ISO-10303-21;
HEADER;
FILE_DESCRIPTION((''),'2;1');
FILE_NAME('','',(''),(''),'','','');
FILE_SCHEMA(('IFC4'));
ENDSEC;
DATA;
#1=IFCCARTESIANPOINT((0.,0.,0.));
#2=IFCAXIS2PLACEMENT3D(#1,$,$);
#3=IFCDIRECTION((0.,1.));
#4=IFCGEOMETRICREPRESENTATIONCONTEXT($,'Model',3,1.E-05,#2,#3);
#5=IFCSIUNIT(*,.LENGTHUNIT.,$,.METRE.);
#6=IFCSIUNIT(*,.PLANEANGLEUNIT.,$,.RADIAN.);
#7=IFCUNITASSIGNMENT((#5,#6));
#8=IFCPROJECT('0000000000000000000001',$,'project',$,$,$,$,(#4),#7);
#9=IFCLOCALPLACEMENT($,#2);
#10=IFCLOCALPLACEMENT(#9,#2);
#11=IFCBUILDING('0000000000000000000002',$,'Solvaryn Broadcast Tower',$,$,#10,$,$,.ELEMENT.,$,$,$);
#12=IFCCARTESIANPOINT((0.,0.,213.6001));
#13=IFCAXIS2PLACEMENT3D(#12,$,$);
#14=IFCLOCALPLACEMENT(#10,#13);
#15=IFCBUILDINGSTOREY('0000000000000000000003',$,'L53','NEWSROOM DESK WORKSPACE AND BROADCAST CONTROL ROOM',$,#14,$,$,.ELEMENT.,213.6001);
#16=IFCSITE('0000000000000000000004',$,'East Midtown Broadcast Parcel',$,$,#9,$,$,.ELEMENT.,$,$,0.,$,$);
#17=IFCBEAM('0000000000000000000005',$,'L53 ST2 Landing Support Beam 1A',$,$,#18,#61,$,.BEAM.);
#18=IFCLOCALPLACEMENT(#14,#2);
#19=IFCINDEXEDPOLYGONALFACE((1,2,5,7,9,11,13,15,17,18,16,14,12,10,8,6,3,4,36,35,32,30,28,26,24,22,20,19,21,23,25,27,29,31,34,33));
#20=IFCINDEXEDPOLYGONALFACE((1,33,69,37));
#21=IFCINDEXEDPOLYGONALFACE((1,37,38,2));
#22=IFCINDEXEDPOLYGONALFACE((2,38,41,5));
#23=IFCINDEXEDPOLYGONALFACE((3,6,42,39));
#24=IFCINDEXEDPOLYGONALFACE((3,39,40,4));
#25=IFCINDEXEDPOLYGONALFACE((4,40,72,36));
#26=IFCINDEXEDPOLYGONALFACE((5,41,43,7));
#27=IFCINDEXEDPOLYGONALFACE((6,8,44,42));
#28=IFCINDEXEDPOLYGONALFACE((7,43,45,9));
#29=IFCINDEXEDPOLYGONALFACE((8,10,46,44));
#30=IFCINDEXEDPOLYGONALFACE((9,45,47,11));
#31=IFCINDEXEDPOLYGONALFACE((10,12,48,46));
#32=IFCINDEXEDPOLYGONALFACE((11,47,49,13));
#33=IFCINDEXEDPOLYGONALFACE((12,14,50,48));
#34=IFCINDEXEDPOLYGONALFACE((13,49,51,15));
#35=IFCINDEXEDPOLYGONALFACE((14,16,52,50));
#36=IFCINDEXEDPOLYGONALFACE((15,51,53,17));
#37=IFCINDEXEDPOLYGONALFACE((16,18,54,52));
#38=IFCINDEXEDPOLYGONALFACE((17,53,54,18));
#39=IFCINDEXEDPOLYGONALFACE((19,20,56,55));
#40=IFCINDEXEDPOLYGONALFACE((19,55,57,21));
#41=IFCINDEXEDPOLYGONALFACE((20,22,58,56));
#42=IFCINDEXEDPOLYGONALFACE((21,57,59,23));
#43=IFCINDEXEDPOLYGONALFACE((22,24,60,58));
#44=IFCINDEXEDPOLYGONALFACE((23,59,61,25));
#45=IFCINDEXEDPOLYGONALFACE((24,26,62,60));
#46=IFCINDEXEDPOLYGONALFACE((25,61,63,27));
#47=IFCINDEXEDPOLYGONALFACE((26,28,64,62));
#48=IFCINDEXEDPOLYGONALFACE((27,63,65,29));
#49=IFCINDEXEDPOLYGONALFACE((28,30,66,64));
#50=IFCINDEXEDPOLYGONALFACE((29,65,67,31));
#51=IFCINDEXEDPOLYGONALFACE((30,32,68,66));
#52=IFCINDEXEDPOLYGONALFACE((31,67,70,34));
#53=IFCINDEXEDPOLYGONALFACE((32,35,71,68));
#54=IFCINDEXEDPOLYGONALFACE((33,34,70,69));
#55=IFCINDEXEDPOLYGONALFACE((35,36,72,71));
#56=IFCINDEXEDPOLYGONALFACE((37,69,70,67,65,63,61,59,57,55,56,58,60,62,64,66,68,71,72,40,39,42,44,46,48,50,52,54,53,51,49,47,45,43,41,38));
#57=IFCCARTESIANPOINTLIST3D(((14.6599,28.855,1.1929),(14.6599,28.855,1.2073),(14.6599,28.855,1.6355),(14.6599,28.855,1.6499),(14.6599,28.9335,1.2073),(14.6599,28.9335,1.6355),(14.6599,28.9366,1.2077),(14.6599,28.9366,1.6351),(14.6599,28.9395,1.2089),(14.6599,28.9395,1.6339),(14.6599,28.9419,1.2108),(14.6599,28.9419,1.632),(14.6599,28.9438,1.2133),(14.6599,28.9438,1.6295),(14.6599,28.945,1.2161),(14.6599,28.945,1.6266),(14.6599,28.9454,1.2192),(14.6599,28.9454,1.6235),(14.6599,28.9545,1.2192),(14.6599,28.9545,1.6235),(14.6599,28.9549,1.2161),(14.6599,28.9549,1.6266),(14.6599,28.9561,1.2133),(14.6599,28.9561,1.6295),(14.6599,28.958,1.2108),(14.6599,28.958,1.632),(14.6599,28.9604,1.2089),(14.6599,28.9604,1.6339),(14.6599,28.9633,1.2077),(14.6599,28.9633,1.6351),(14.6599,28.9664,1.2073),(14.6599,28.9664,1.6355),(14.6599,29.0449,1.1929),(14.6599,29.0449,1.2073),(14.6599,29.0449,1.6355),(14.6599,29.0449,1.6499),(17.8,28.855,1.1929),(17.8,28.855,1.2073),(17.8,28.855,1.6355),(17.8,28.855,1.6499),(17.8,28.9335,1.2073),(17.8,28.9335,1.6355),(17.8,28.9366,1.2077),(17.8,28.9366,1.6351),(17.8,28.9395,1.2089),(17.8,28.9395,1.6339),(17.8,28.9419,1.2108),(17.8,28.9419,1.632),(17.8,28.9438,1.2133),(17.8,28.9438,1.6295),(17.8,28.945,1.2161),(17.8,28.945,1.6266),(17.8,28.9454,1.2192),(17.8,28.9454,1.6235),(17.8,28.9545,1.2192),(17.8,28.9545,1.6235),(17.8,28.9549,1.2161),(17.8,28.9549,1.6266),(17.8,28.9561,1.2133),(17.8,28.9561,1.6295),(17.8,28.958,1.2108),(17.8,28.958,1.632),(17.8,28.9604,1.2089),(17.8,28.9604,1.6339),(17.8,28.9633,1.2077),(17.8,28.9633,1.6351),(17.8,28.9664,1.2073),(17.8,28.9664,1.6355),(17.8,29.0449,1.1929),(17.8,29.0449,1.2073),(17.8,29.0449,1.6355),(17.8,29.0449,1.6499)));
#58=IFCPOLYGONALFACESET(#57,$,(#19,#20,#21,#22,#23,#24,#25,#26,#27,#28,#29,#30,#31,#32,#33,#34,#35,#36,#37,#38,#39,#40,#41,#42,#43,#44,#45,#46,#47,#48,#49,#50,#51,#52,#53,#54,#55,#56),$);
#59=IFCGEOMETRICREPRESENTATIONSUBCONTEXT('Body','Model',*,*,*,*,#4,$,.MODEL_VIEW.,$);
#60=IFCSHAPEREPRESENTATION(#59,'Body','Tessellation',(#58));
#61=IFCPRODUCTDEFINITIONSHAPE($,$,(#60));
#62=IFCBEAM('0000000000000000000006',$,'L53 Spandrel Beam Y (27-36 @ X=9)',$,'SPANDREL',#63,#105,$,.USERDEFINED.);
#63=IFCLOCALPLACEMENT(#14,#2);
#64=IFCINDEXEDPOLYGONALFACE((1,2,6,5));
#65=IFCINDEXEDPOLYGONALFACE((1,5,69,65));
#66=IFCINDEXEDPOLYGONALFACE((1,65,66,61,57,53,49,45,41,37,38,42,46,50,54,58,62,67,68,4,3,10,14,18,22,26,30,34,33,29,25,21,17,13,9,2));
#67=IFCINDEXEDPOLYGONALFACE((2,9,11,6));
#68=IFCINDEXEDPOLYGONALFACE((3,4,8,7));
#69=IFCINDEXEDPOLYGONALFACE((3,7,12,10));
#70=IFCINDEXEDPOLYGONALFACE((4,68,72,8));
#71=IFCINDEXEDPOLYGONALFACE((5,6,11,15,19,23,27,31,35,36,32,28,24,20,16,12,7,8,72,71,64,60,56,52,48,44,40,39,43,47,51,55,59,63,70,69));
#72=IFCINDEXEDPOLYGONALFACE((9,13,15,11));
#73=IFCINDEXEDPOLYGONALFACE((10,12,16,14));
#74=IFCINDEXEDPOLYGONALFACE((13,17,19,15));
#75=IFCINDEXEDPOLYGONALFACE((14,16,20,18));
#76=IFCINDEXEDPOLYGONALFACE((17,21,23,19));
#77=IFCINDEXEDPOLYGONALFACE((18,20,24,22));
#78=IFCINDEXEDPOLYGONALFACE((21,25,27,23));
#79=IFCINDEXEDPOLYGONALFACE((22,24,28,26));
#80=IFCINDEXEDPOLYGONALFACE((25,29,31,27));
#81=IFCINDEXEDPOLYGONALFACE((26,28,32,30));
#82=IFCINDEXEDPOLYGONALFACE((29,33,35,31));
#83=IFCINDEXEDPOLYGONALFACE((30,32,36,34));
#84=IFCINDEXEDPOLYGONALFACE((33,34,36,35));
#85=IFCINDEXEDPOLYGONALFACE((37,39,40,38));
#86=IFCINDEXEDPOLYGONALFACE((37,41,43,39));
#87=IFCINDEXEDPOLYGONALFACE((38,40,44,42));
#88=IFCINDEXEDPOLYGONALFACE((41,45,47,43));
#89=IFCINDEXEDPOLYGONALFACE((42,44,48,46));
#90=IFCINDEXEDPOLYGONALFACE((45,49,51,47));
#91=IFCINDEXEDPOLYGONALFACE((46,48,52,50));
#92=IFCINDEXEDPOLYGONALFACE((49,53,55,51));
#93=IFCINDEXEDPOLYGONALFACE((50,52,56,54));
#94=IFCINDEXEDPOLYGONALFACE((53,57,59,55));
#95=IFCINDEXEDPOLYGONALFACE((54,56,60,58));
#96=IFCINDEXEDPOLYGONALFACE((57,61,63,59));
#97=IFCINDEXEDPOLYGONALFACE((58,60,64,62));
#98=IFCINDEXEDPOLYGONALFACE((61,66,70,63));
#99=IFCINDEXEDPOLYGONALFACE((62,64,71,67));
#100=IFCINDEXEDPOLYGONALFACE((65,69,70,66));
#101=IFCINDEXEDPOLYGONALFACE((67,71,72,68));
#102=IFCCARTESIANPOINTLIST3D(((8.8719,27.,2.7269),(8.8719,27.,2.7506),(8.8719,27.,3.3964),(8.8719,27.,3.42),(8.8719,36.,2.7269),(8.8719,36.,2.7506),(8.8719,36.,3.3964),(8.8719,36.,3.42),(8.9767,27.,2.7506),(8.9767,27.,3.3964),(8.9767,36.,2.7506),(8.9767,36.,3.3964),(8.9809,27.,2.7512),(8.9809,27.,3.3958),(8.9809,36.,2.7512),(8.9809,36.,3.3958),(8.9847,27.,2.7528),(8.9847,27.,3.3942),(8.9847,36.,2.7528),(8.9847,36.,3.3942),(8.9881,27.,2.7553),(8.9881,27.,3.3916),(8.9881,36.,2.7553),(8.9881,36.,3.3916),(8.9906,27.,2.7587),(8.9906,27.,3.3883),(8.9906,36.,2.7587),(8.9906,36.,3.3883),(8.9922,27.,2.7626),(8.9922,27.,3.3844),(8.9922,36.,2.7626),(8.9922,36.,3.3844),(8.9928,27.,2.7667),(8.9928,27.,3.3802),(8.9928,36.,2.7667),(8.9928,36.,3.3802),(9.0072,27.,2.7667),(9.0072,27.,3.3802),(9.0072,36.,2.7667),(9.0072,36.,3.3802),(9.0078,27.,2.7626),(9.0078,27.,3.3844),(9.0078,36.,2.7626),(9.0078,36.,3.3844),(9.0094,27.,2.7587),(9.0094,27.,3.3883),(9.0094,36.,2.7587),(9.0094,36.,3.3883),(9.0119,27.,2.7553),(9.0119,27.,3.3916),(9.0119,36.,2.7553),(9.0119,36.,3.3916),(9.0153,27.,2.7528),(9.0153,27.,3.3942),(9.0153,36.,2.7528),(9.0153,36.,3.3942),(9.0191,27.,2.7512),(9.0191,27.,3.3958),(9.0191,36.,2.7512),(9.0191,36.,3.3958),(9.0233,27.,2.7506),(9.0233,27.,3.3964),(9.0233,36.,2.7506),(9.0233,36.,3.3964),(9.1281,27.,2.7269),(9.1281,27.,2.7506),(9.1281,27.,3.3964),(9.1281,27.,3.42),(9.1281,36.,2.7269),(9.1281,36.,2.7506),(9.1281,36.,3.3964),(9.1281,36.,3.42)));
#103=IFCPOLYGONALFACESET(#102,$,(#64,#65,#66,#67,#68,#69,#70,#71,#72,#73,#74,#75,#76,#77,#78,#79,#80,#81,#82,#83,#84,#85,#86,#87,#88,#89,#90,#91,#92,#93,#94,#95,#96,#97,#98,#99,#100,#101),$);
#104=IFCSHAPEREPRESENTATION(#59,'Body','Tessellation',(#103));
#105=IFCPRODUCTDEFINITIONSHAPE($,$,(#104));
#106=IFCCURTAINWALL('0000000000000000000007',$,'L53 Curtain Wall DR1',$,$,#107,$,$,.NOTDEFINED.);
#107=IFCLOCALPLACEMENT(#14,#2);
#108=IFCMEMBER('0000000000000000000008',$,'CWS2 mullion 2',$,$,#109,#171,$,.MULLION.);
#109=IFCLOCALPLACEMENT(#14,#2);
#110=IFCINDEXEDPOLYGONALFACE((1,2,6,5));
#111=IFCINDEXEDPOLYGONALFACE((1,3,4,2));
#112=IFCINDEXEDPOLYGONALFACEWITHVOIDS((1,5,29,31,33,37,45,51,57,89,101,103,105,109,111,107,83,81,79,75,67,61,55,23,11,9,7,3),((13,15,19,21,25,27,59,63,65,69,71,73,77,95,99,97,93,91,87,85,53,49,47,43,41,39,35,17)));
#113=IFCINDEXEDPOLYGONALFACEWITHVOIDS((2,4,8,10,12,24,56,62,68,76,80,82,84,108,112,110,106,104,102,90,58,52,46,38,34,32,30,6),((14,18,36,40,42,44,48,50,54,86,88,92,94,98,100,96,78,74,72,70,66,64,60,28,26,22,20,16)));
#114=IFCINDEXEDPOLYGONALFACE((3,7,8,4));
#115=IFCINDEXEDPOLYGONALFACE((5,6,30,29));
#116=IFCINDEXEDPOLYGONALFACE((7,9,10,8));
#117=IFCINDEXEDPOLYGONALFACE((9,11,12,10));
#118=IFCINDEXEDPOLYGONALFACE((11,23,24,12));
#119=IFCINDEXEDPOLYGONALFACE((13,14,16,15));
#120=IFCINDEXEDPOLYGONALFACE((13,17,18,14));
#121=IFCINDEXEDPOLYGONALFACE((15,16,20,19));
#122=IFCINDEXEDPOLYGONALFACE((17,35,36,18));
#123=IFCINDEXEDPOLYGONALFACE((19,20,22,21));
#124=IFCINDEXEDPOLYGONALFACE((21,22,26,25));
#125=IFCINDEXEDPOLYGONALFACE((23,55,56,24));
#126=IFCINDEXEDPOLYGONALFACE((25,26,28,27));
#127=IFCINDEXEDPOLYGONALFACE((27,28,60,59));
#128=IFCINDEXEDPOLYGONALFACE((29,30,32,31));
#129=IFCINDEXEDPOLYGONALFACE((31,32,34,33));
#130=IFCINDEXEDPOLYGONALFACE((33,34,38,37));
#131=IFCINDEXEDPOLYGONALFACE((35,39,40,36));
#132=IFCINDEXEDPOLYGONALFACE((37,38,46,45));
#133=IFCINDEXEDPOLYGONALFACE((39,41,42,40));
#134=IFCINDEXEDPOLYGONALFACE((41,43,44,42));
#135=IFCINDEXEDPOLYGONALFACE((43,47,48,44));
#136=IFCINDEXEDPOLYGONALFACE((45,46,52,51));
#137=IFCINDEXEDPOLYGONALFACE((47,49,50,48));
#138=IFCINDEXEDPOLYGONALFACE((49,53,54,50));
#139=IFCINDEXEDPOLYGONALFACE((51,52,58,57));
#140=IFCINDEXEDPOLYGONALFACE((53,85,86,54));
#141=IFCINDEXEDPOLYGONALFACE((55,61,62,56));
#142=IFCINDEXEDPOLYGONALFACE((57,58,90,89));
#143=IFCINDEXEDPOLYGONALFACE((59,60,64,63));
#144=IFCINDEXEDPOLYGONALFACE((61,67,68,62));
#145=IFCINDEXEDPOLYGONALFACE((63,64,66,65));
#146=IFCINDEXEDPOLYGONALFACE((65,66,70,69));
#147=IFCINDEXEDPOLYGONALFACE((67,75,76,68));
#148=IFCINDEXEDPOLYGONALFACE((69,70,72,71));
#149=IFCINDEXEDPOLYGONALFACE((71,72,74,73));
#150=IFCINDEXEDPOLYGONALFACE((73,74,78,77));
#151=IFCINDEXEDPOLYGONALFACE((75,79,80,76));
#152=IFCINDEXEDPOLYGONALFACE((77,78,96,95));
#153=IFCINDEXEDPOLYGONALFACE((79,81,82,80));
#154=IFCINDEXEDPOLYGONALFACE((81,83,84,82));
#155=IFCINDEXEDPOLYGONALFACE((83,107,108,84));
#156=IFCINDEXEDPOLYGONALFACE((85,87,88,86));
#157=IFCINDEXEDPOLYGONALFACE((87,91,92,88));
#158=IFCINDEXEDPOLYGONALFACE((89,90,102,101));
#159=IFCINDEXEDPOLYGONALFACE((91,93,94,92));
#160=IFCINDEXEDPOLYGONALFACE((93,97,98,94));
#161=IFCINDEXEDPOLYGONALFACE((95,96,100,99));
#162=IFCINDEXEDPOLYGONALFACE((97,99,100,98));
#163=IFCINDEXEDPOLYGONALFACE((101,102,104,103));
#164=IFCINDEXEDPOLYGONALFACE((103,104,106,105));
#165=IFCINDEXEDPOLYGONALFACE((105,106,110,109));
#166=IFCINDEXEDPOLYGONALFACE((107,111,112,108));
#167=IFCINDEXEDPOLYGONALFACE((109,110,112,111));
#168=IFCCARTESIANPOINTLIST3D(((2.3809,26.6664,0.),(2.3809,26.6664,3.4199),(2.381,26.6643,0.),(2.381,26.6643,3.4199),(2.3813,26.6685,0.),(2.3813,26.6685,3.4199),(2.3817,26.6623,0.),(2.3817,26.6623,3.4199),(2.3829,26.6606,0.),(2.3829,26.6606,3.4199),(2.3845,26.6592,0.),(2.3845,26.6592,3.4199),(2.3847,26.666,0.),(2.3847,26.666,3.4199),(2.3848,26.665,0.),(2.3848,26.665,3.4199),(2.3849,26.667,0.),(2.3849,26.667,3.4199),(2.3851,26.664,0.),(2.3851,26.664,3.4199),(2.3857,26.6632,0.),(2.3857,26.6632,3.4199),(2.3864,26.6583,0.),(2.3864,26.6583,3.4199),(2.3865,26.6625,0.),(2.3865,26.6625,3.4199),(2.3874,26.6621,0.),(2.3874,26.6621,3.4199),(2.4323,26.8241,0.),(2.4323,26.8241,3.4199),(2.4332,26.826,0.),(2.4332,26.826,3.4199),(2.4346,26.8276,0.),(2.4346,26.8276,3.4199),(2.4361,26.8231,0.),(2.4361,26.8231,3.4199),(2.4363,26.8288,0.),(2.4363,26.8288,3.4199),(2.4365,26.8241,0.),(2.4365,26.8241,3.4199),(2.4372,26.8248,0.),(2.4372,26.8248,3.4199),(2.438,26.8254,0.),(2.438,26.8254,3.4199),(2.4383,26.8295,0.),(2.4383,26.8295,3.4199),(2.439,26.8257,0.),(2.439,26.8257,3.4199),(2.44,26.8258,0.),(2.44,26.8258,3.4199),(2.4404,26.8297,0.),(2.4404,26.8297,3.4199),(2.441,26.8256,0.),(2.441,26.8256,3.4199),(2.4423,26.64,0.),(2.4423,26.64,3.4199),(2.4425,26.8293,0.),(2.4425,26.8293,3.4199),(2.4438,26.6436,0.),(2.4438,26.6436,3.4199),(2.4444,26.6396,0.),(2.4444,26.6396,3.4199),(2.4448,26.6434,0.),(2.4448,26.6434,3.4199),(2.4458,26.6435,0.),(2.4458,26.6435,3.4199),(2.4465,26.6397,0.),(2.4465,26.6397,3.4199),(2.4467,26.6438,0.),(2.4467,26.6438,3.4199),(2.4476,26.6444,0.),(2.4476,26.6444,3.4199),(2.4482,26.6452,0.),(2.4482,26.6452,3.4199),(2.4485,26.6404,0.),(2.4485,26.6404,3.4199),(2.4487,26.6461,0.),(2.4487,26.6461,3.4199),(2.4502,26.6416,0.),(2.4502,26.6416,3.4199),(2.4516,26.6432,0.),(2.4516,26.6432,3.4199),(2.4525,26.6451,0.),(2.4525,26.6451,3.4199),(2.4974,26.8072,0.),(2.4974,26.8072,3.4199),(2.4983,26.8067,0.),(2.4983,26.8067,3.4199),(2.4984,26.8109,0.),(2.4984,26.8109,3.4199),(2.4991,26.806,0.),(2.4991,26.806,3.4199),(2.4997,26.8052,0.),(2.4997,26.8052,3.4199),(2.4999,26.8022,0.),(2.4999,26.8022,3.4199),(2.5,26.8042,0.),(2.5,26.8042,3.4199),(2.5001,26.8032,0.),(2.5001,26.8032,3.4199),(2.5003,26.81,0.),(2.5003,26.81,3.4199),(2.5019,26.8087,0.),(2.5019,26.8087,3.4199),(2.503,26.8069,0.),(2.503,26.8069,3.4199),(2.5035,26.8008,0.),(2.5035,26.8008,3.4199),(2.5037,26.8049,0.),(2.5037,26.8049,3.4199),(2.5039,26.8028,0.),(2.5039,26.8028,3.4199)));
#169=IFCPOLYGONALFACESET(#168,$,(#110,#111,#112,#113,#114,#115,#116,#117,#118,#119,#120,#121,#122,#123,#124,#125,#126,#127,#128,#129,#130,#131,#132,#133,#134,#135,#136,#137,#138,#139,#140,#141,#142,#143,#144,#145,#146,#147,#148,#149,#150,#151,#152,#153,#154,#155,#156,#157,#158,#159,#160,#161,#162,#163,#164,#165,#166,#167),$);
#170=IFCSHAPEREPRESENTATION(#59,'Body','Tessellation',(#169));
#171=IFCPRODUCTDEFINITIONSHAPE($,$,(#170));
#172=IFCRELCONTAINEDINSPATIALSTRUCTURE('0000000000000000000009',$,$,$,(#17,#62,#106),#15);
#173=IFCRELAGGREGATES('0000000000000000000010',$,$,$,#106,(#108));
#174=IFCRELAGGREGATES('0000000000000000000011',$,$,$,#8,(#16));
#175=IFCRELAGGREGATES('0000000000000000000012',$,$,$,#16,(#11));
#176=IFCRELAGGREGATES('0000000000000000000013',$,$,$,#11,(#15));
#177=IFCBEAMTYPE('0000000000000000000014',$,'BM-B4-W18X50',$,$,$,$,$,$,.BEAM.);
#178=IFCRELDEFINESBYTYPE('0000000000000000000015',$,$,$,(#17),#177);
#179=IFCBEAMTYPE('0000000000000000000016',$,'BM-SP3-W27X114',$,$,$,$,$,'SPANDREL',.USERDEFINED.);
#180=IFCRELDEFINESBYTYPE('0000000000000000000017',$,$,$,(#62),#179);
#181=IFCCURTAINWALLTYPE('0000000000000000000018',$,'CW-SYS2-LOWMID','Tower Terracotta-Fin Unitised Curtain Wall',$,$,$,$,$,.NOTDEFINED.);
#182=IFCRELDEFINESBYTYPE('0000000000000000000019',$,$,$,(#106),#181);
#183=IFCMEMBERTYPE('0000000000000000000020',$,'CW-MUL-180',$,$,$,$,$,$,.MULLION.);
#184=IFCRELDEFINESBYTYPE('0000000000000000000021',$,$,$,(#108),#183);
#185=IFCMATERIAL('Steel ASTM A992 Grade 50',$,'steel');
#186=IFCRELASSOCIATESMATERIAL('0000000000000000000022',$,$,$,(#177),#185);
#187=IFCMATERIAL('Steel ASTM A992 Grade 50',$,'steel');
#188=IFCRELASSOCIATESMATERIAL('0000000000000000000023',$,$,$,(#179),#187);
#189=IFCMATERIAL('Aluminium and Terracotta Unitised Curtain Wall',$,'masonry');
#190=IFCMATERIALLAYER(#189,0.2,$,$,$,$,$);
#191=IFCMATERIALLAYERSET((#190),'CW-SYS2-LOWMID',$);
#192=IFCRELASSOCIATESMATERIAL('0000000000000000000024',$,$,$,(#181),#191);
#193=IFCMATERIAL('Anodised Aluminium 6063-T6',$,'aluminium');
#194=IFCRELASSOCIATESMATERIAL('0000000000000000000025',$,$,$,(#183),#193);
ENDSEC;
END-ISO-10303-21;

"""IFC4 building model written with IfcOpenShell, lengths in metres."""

from ifc_helpers import new_model, si_unit, direction, frame, origin, origin_2d, place, context, subcontext, project, spatial, hollow_rectangle, i_section, extrude, material, layer, layer_set, material_profile, profile_set, type_object, element, aggregate, save


model = new_model("IFC4")

# Units and contexts
model_context = context("Model", 3, precision=1e-05, world=origin(), true_north=direction((0.0, 1.0)))
body_context = subcontext(model_context, "Body", "Model", "MODEL_VIEW")
ifc_project = project(units=[si_unit("LENGTHUNIT", "METRE"), si_unit("PLANEANGLEUNIT", "RADIAN")], contexts=[model_context])

# Site, building, storey
site_placement = place(None, origin())
site = spatial("IfcSite", under=ifc_project, at=site_placement, Name="East Midtown Broadcast Parcel", CompositionType="ELEMENT", RefElevation=0.0)
building_placement = place(site_placement, origin())
building = spatial("IfcBuilding", under=site, at=building_placement, Name="Solvaryn Broadcast Tower", CompositionType="ELEMENT")
storey_placement = place(building_placement, frame((0.0, 0.0, 213.6001)))
storey = spatial("IfcBuildingStorey", under=building, at=storey_placement, Name="L53", Description="NEWSROOM DESK WORKSPACE AND BROADCAST CONTROL ROOM", CompositionType="ELEMENT", Elevation=213.6001)

# Beams
ifc_material_1 = material(Name="Steel ASTM A992 Grade 50", Category="steel")
ifc_material_profile_1 = material_profile(ifc_material_1, i_section(OverallWidth=0.1899, OverallDepth=0.457, WebThickness=0.009, FlangeThickness=0.0144, FilletRadius=0.012, at=origin_2d()))
ifc_profile_set_1 = profile_set([ifc_material_profile_1], Name="Steel ASTM A992 Grade 50")
beam_type_1 = type_object("IfcBeamType", Name="BM-B4-W18X50", PredefinedType="BEAM", material=ifc_profile_set_1)
beam_1_placement = place(storey_placement, frame((14.6599, 28.95, 1.4214), z_axis=(1.0, 0.0, 0.0), x_axis=(0.0, 1.0, 0.0)))
element("IfcBeam", 1, at=beam_1_placement, inside=storey, type_object=beam_type_1, Name="L53 ST2 Landing Support Beam 1A", PredefinedType="BEAM", context=body_context, shape_type="SweptSolid", body=[
    extrude(i_section(OverallWidth=0.1899, OverallDepth=0.457, WebThickness=0.009, FlangeThickness=0.0144, FilletRadius=0.012, at=origin_2d()), origin(), (0.0, 0.0, 1.0), 3.1401),
])
ifc_material_2 = material(Name="Steel ASTM A992 Grade 50", Category="steel")
ifc_material_profile_2 = material_profile(ifc_material_2, i_section(OverallWidth=0.2561, OverallDepth=0.6931, WebThickness=0.0144, FlangeThickness=0.0237, FilletRadius=0.0161, at=origin_2d()))
ifc_profile_set_2 = profile_set([ifc_material_profile_2], Name="Steel ASTM A992 Grade 50")
beam_type_2 = type_object("IfcBeamType", Name="BM-SP3-W27X114", ElementType="SPANDREL", PredefinedType="USERDEFINED", material=ifc_profile_set_2)
beam_2_placement = place(storey_placement, frame((9.0, 27.0, 3.0735), z_axis=(0.0, 1.0, 0.0), x_axis=(-1.0, 0.0, 0.0)))
element("IfcBeam", 2, at=beam_2_placement, inside=storey, type_object=beam_type_2, Name="L53 Spandrel Beam Y (27-36 @ X=9)", ObjectType="SPANDREL", PredefinedType="USERDEFINED", context=body_context, shape_type="SweptSolid", body=[
    extrude(i_section(OverallWidth=0.2561, OverallDepth=0.6931, WebThickness=0.0144, FlangeThickness=0.0237, FilletRadius=0.0161, at=origin_2d()), origin(), (0.0, 0.0, 1.0), 9.0),
])

# Curtain wall, member
ifc_material_3 = material(Name="Aluminium and Terracotta Unitised Curtain Wall", Category="masonry")
ifc_layer_1 = layer(ifc_material_3, 0.2)
ifc_layer_set_1 = layer_set([ifc_layer_1], Name="CW-SYS2-LOWMID")
curtain_wall_type = type_object("IfcCurtainWallType", Name="CW-SYS2-LOWMID", Description="Tower Terracotta-Fin Unitised Curtain Wall", PredefinedType="NOTDEFINED", material=ifc_layer_set_1)
curtain_wall_1_placement = place(storey_placement, origin())
curtain_wall_1 = element("IfcCurtainWall", 3, at=curtain_wall_1_placement, inside=storey, type_object=curtain_wall_type, Name="L53 Curtain Wall DR1", PredefinedType="NOTDEFINED")
ifc_material_4 = material(Name="Anodised Aluminium 6063-T6", Category="aluminium")
ifc_material_profile_3 = material_profile(ifc_material_4, hollow_rectangle(XDim=0.075, YDim=0.1799, WallThickness=0.0039, InnerFilletRadius=0.0039, OuterFilletRadius=0.0081, at=origin_2d()))
ifc_profile_set_3 = profile_set([ifc_material_profile_3], Name="Anodised Aluminium 6063-T6")
member_type_1 = type_object("IfcMemberType", Name="CW-MUL-180", PredefinedType="MULLION", material=ifc_profile_set_3)
member_1_placement = place(storey_placement, frame((2.4424, 26.7346, 0.0), z_axis=(0.0, 0.0, 1.0), x_axis=(0.950227, -0.311559, 0.0)))
member_1 = element("IfcMember", 4, at=member_1_placement, type_object=member_type_1, Name="CWS2 mullion 2", PredefinedType="MULLION", context=body_context, shape_type="SweptSolid", body=[
    extrude(hollow_rectangle(XDim=0.075, YDim=0.1799, WallThickness=0.0039, InnerFilletRadius=0.0039, OuterFilletRadius=0.0081, at=origin_2d()), origin(), (0.0, 0.0, 1.0), 3.4199),
])
aggregate(curtain_wall_1, [member_1])

save(model, "model.ifc")
